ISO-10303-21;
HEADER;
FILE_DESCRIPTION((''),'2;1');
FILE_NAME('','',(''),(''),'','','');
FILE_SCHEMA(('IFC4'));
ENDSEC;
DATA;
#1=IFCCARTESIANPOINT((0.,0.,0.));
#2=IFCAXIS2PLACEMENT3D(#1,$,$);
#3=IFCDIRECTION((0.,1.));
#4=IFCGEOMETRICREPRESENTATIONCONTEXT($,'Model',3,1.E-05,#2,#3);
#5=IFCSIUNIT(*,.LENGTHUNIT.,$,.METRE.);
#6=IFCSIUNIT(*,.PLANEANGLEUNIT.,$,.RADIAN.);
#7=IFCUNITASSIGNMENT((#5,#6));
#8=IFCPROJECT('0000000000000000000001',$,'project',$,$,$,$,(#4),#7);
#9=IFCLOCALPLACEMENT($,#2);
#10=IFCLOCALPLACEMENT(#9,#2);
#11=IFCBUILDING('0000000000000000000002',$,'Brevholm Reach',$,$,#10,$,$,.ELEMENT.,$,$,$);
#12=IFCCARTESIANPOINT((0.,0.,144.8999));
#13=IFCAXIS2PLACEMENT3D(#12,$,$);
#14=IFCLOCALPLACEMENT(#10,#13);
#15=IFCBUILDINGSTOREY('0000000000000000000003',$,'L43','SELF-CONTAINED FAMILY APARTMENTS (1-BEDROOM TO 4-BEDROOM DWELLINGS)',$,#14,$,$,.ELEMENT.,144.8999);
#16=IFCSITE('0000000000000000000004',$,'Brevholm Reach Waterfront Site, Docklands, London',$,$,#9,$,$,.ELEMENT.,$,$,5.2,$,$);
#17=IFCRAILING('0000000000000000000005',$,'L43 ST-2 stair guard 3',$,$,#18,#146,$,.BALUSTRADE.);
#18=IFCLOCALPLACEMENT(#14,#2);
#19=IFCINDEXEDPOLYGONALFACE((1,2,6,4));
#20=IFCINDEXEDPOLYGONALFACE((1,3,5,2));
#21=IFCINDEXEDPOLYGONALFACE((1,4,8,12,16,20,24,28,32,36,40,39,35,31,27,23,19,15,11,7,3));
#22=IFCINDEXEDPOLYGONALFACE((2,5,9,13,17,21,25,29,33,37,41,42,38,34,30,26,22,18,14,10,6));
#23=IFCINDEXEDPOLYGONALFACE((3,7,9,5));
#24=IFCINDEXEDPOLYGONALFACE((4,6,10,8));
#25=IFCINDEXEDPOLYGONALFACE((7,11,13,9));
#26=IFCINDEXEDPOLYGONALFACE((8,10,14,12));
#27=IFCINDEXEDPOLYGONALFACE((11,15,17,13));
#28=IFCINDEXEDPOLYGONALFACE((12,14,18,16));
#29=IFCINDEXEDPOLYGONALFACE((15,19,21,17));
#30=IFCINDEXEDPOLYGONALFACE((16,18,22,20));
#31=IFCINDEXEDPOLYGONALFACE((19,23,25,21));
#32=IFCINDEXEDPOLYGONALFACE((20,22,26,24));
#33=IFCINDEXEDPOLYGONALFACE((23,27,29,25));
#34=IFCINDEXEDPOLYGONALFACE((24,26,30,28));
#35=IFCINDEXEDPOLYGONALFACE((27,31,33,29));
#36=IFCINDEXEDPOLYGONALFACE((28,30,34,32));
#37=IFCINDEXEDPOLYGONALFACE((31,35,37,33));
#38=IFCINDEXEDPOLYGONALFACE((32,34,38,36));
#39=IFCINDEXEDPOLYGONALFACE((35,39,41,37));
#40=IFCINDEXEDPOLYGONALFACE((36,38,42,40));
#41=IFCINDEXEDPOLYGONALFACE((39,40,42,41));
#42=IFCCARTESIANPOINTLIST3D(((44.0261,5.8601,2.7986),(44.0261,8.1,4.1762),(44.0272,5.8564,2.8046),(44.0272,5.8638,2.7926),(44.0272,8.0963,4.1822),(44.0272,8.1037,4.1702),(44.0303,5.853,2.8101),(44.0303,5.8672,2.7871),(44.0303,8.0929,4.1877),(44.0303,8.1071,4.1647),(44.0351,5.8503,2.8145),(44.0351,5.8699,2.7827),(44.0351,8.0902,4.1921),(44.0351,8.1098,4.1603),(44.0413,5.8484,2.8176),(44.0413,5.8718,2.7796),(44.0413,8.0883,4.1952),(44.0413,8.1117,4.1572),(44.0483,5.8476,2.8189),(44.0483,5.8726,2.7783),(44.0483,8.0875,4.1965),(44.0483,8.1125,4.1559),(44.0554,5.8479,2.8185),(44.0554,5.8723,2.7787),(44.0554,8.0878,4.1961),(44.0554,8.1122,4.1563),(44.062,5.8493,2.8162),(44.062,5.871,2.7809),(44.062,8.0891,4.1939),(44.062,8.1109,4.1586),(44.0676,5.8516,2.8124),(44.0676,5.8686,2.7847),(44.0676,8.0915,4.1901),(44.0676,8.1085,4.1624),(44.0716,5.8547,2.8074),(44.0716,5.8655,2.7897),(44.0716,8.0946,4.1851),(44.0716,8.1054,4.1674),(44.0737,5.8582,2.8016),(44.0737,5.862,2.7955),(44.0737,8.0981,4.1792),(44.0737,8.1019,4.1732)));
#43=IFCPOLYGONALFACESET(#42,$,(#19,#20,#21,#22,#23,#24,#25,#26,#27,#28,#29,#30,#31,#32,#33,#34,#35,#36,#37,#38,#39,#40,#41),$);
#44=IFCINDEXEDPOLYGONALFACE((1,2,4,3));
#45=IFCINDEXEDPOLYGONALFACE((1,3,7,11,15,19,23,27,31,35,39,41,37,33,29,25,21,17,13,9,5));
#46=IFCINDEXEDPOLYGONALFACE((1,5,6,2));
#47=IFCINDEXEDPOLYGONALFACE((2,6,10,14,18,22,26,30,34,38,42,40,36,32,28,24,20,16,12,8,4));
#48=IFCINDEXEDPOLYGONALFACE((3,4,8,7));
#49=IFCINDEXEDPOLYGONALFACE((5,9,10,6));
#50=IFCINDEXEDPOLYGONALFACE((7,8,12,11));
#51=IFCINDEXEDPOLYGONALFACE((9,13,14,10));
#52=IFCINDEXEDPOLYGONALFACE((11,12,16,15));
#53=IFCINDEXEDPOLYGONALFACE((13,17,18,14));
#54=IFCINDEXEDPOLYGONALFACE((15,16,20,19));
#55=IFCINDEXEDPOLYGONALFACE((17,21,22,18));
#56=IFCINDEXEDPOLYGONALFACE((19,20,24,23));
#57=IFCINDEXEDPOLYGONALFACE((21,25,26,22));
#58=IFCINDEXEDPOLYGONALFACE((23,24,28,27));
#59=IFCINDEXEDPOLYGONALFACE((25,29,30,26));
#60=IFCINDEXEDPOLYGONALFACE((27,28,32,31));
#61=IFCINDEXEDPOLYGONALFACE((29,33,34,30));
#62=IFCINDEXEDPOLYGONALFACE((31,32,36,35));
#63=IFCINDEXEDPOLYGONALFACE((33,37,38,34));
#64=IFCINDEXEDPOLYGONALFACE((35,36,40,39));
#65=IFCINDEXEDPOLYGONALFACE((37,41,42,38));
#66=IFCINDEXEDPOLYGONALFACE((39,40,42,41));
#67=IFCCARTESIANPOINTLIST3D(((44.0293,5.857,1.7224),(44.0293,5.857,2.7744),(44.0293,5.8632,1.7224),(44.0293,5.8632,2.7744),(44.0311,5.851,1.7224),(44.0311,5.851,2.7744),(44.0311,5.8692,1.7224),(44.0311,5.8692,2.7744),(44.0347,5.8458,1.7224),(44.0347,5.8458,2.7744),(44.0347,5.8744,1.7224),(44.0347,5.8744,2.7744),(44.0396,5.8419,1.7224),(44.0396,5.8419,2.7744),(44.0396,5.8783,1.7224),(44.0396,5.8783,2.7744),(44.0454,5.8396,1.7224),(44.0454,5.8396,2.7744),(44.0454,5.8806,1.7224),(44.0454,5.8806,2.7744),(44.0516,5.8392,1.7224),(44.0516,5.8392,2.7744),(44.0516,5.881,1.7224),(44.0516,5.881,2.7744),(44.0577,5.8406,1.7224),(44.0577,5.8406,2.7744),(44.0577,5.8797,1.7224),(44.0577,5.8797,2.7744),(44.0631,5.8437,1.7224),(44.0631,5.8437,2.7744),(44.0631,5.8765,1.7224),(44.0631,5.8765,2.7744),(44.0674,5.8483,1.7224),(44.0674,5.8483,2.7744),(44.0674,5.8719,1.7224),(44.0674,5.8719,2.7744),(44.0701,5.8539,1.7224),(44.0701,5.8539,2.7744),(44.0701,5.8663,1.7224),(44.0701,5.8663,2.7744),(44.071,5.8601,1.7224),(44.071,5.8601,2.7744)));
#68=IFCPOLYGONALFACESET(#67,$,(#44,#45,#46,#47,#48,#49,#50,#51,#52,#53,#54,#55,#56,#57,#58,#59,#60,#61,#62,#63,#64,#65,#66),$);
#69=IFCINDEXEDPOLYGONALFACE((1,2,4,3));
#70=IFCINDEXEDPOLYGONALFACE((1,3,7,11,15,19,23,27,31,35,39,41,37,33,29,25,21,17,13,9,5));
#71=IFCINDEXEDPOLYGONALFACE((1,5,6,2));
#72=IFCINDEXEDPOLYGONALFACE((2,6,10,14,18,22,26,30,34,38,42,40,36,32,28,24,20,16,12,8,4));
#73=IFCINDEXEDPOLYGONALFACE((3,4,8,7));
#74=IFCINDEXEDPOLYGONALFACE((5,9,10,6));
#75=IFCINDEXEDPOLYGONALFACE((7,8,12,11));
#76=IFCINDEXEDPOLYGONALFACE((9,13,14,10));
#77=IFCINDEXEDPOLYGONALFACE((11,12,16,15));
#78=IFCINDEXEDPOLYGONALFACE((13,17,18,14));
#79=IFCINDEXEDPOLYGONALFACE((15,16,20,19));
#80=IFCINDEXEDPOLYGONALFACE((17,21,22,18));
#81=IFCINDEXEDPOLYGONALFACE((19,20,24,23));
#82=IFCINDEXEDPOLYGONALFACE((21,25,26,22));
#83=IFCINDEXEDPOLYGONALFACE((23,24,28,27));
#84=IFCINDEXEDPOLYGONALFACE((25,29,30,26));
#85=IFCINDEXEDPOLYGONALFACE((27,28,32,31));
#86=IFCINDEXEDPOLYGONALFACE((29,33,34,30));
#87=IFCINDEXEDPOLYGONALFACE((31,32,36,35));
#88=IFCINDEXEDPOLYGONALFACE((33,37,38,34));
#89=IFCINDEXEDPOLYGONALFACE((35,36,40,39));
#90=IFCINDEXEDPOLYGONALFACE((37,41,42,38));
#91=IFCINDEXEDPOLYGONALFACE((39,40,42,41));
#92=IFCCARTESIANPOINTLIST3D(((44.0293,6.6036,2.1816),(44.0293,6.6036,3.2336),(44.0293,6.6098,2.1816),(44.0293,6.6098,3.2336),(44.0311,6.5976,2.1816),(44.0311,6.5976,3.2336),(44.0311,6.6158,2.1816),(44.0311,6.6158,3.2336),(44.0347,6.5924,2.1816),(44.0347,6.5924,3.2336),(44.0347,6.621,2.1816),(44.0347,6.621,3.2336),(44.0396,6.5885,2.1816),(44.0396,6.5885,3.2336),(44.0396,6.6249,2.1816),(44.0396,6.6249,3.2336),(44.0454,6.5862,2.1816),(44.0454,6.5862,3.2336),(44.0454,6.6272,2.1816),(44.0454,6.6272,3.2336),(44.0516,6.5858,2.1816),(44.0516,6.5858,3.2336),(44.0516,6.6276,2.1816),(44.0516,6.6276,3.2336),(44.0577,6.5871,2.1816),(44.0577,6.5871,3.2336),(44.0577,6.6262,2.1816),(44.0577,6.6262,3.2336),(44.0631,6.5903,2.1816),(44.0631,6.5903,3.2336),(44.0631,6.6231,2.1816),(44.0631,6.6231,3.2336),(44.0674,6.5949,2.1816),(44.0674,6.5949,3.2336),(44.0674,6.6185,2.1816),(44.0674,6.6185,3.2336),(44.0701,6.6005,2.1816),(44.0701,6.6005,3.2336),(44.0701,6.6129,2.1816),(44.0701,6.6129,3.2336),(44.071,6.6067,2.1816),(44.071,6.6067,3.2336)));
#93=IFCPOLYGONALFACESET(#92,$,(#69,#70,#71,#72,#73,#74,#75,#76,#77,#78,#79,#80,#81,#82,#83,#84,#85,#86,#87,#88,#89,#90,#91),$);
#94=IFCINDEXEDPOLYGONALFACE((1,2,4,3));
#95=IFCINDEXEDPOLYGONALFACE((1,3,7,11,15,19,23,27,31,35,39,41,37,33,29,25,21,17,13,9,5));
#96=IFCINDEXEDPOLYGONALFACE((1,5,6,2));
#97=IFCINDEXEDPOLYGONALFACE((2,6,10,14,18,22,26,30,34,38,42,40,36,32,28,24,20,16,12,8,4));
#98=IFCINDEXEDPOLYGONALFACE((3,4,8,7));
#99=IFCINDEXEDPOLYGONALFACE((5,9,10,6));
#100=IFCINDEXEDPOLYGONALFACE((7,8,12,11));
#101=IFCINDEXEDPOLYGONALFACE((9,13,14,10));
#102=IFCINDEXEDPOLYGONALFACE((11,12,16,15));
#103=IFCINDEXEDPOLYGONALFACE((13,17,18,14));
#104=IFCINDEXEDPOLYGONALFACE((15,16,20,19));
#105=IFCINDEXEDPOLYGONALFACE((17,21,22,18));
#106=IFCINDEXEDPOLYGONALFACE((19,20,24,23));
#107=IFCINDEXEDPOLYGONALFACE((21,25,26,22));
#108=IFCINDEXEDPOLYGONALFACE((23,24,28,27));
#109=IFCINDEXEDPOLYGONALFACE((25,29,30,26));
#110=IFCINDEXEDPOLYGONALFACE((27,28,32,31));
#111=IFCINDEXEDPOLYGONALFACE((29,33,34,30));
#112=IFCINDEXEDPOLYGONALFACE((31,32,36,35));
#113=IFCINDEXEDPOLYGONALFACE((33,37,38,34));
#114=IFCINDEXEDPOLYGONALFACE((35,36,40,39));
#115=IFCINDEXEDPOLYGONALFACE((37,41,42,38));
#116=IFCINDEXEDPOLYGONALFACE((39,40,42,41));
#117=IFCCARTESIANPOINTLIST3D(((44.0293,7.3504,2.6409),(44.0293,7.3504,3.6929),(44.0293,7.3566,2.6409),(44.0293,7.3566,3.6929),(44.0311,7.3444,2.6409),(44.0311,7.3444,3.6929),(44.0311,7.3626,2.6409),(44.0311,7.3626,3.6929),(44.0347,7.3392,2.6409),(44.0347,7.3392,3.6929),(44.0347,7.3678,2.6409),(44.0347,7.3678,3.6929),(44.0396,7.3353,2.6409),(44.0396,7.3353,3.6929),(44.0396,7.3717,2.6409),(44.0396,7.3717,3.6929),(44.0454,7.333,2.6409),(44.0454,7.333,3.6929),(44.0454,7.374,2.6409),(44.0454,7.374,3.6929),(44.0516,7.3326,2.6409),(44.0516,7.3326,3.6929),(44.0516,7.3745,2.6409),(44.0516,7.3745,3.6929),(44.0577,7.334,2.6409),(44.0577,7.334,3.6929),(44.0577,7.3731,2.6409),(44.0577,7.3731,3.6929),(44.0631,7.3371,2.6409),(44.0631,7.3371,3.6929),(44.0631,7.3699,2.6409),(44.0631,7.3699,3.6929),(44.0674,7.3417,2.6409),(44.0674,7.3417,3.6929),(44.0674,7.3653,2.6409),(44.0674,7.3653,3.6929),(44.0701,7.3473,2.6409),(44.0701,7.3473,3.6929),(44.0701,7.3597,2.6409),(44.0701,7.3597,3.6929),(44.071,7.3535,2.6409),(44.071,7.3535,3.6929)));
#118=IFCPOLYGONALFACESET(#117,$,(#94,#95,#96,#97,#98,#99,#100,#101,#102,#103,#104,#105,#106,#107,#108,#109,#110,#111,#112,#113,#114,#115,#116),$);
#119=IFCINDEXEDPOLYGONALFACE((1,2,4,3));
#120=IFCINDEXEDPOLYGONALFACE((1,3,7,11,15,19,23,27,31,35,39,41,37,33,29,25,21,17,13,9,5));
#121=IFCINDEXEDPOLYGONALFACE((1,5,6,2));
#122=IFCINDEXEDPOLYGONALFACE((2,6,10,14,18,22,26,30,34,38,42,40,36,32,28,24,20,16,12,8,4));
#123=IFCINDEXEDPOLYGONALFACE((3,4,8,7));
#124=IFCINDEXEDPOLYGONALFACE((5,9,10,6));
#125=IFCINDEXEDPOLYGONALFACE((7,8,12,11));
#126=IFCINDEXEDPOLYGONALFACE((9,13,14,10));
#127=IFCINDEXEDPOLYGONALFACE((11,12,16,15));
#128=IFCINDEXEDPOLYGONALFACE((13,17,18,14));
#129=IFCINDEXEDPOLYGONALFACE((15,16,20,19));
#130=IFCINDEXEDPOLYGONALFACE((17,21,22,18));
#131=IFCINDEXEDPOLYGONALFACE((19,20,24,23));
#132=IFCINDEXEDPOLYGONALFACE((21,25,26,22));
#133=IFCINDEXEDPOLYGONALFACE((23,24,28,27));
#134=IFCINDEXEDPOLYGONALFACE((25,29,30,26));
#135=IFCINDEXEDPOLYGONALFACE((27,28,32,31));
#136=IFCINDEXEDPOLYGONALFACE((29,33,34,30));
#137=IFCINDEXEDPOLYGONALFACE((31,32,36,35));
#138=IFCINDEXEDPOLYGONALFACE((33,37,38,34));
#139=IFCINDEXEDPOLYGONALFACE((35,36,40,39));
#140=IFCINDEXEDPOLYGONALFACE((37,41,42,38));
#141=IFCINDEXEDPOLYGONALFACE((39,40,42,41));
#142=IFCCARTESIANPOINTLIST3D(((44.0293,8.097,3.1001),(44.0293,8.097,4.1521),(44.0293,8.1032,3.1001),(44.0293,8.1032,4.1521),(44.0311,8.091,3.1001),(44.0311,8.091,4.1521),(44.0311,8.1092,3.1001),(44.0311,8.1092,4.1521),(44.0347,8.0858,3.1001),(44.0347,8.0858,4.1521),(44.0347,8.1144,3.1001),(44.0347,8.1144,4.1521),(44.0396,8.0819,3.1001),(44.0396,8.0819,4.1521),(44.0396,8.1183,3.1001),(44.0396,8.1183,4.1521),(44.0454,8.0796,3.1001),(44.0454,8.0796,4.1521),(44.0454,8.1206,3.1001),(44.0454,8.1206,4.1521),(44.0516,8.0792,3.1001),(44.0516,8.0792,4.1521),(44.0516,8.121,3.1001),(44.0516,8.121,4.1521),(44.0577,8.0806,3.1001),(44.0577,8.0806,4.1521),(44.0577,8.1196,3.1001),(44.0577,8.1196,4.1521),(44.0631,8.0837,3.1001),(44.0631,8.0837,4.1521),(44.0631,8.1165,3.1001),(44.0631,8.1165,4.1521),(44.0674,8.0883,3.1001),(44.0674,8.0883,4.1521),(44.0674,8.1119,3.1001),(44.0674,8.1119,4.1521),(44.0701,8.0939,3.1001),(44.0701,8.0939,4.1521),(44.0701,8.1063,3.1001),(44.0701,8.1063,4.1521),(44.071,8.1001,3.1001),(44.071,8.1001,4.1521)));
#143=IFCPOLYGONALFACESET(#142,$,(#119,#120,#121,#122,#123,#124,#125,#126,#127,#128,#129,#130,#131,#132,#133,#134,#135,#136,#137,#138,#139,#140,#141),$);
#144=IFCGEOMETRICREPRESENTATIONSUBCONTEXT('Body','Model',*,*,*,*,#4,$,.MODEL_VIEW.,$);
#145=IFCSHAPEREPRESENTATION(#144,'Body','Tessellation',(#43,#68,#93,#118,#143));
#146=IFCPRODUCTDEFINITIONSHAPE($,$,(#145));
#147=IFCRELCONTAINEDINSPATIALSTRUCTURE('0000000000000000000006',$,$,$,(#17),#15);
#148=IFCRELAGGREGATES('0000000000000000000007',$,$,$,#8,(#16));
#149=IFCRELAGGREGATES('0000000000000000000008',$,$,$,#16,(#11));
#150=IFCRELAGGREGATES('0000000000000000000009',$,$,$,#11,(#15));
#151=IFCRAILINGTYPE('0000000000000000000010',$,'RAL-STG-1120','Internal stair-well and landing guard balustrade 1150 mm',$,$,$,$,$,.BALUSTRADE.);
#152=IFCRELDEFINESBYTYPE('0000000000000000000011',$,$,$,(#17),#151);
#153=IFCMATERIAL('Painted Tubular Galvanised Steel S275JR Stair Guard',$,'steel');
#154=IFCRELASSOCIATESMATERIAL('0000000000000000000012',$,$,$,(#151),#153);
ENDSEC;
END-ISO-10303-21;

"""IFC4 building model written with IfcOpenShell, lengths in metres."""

from ifc_helpers import new_model, si_unit, direction, frame, origin, origin_2d, place, context, subcontext, project, spatial, circle, extrude, material, type_object, element, save


model = new_model("IFC4")

# Units and contexts
model_context = context("Model", 3, precision=1e-05, world=origin(), true_north=direction((0.0, 1.0)))
body_context = subcontext(model_context, "Body", "Model", "MODEL_VIEW")
ifc_project = project(units=[si_unit("LENGTHUNIT", "METRE"), si_unit("PLANEANGLEUNIT", "RADIAN")], contexts=[model_context])

# Site, building, storey
site_placement = place(None, origin())
site = spatial("IfcSite", under=ifc_project, at=site_placement, Name="Brevholm Reach Waterfront Site, Docklands, London", CompositionType="ELEMENT", RefElevation=5.2)
building_placement = place(site_placement, origin())
building = spatial("IfcBuilding", under=site, at=building_placement, Name="Brevholm Reach", CompositionType="ELEMENT")
storey_placement = place(building_placement, frame((0.0, 0.0, 144.8999)))
storey = spatial("IfcBuildingStorey", under=building, at=storey_placement, Name="L43", Description="SELF-CONTAINED FAMILY APARTMENTS (1-BEDROOM TO 4-BEDROOM DWELLINGS)", CompositionType="ELEMENT", Elevation=144.8999)

# Railing
ifc_material_1 = material(Name="Painted Tubular Galvanised Steel S275JR Stair Guard", Category="steel")
railing_type_1 = type_object("IfcRailingType", Name="RAL-STG-1120", Description="Internal stair-well and landing guard balustrade 1150 mm", PredefinedType="BALUSTRADE", material=ifc_material_1)
railing_1_placement = place(storey_placement, frame((44.05, 5.8601, 1.7224)))
element("IfcRailing", 1, at=railing_1_placement, inside=storey, type_object=railing_type_1, Name="L43 ST-2 stair guard 3", PredefinedType="BALUSTRADE", context=body_context, shape_type="SweptSolid", body=[
    extrude(circle(Radius=0.0239, at=origin_2d()), frame((0.0, 0.0, 1.0762), z_axis=(0.0, 0.851789, 0.523885), x_axis=(-1.0, 0.0, 0.0)), (0.0, 0.0, 1.0), 2.6296),
    extrude(circle(Radius=0.021, at=origin_2d()), origin(), (0.0, 0.0, 1.0), 1.052),
    extrude(circle(Radius=0.021, at=origin_2d()), frame((0.0, 0.7466, 0.4592)), (0.0, 0.0, 1.0), 1.052),
    extrude(circle(Radius=0.021, at=origin_2d()), frame((0.0, 1.4934, 0.9185)), (0.0, 0.0, 1.0), 1.052),
    extrude(circle(Radius=0.021, at=origin_2d()), frame((0.0, 2.24, 1.3777)), (0.0, 0.0, 1.0), 1.052),
])

save(model, "model.ifc")
